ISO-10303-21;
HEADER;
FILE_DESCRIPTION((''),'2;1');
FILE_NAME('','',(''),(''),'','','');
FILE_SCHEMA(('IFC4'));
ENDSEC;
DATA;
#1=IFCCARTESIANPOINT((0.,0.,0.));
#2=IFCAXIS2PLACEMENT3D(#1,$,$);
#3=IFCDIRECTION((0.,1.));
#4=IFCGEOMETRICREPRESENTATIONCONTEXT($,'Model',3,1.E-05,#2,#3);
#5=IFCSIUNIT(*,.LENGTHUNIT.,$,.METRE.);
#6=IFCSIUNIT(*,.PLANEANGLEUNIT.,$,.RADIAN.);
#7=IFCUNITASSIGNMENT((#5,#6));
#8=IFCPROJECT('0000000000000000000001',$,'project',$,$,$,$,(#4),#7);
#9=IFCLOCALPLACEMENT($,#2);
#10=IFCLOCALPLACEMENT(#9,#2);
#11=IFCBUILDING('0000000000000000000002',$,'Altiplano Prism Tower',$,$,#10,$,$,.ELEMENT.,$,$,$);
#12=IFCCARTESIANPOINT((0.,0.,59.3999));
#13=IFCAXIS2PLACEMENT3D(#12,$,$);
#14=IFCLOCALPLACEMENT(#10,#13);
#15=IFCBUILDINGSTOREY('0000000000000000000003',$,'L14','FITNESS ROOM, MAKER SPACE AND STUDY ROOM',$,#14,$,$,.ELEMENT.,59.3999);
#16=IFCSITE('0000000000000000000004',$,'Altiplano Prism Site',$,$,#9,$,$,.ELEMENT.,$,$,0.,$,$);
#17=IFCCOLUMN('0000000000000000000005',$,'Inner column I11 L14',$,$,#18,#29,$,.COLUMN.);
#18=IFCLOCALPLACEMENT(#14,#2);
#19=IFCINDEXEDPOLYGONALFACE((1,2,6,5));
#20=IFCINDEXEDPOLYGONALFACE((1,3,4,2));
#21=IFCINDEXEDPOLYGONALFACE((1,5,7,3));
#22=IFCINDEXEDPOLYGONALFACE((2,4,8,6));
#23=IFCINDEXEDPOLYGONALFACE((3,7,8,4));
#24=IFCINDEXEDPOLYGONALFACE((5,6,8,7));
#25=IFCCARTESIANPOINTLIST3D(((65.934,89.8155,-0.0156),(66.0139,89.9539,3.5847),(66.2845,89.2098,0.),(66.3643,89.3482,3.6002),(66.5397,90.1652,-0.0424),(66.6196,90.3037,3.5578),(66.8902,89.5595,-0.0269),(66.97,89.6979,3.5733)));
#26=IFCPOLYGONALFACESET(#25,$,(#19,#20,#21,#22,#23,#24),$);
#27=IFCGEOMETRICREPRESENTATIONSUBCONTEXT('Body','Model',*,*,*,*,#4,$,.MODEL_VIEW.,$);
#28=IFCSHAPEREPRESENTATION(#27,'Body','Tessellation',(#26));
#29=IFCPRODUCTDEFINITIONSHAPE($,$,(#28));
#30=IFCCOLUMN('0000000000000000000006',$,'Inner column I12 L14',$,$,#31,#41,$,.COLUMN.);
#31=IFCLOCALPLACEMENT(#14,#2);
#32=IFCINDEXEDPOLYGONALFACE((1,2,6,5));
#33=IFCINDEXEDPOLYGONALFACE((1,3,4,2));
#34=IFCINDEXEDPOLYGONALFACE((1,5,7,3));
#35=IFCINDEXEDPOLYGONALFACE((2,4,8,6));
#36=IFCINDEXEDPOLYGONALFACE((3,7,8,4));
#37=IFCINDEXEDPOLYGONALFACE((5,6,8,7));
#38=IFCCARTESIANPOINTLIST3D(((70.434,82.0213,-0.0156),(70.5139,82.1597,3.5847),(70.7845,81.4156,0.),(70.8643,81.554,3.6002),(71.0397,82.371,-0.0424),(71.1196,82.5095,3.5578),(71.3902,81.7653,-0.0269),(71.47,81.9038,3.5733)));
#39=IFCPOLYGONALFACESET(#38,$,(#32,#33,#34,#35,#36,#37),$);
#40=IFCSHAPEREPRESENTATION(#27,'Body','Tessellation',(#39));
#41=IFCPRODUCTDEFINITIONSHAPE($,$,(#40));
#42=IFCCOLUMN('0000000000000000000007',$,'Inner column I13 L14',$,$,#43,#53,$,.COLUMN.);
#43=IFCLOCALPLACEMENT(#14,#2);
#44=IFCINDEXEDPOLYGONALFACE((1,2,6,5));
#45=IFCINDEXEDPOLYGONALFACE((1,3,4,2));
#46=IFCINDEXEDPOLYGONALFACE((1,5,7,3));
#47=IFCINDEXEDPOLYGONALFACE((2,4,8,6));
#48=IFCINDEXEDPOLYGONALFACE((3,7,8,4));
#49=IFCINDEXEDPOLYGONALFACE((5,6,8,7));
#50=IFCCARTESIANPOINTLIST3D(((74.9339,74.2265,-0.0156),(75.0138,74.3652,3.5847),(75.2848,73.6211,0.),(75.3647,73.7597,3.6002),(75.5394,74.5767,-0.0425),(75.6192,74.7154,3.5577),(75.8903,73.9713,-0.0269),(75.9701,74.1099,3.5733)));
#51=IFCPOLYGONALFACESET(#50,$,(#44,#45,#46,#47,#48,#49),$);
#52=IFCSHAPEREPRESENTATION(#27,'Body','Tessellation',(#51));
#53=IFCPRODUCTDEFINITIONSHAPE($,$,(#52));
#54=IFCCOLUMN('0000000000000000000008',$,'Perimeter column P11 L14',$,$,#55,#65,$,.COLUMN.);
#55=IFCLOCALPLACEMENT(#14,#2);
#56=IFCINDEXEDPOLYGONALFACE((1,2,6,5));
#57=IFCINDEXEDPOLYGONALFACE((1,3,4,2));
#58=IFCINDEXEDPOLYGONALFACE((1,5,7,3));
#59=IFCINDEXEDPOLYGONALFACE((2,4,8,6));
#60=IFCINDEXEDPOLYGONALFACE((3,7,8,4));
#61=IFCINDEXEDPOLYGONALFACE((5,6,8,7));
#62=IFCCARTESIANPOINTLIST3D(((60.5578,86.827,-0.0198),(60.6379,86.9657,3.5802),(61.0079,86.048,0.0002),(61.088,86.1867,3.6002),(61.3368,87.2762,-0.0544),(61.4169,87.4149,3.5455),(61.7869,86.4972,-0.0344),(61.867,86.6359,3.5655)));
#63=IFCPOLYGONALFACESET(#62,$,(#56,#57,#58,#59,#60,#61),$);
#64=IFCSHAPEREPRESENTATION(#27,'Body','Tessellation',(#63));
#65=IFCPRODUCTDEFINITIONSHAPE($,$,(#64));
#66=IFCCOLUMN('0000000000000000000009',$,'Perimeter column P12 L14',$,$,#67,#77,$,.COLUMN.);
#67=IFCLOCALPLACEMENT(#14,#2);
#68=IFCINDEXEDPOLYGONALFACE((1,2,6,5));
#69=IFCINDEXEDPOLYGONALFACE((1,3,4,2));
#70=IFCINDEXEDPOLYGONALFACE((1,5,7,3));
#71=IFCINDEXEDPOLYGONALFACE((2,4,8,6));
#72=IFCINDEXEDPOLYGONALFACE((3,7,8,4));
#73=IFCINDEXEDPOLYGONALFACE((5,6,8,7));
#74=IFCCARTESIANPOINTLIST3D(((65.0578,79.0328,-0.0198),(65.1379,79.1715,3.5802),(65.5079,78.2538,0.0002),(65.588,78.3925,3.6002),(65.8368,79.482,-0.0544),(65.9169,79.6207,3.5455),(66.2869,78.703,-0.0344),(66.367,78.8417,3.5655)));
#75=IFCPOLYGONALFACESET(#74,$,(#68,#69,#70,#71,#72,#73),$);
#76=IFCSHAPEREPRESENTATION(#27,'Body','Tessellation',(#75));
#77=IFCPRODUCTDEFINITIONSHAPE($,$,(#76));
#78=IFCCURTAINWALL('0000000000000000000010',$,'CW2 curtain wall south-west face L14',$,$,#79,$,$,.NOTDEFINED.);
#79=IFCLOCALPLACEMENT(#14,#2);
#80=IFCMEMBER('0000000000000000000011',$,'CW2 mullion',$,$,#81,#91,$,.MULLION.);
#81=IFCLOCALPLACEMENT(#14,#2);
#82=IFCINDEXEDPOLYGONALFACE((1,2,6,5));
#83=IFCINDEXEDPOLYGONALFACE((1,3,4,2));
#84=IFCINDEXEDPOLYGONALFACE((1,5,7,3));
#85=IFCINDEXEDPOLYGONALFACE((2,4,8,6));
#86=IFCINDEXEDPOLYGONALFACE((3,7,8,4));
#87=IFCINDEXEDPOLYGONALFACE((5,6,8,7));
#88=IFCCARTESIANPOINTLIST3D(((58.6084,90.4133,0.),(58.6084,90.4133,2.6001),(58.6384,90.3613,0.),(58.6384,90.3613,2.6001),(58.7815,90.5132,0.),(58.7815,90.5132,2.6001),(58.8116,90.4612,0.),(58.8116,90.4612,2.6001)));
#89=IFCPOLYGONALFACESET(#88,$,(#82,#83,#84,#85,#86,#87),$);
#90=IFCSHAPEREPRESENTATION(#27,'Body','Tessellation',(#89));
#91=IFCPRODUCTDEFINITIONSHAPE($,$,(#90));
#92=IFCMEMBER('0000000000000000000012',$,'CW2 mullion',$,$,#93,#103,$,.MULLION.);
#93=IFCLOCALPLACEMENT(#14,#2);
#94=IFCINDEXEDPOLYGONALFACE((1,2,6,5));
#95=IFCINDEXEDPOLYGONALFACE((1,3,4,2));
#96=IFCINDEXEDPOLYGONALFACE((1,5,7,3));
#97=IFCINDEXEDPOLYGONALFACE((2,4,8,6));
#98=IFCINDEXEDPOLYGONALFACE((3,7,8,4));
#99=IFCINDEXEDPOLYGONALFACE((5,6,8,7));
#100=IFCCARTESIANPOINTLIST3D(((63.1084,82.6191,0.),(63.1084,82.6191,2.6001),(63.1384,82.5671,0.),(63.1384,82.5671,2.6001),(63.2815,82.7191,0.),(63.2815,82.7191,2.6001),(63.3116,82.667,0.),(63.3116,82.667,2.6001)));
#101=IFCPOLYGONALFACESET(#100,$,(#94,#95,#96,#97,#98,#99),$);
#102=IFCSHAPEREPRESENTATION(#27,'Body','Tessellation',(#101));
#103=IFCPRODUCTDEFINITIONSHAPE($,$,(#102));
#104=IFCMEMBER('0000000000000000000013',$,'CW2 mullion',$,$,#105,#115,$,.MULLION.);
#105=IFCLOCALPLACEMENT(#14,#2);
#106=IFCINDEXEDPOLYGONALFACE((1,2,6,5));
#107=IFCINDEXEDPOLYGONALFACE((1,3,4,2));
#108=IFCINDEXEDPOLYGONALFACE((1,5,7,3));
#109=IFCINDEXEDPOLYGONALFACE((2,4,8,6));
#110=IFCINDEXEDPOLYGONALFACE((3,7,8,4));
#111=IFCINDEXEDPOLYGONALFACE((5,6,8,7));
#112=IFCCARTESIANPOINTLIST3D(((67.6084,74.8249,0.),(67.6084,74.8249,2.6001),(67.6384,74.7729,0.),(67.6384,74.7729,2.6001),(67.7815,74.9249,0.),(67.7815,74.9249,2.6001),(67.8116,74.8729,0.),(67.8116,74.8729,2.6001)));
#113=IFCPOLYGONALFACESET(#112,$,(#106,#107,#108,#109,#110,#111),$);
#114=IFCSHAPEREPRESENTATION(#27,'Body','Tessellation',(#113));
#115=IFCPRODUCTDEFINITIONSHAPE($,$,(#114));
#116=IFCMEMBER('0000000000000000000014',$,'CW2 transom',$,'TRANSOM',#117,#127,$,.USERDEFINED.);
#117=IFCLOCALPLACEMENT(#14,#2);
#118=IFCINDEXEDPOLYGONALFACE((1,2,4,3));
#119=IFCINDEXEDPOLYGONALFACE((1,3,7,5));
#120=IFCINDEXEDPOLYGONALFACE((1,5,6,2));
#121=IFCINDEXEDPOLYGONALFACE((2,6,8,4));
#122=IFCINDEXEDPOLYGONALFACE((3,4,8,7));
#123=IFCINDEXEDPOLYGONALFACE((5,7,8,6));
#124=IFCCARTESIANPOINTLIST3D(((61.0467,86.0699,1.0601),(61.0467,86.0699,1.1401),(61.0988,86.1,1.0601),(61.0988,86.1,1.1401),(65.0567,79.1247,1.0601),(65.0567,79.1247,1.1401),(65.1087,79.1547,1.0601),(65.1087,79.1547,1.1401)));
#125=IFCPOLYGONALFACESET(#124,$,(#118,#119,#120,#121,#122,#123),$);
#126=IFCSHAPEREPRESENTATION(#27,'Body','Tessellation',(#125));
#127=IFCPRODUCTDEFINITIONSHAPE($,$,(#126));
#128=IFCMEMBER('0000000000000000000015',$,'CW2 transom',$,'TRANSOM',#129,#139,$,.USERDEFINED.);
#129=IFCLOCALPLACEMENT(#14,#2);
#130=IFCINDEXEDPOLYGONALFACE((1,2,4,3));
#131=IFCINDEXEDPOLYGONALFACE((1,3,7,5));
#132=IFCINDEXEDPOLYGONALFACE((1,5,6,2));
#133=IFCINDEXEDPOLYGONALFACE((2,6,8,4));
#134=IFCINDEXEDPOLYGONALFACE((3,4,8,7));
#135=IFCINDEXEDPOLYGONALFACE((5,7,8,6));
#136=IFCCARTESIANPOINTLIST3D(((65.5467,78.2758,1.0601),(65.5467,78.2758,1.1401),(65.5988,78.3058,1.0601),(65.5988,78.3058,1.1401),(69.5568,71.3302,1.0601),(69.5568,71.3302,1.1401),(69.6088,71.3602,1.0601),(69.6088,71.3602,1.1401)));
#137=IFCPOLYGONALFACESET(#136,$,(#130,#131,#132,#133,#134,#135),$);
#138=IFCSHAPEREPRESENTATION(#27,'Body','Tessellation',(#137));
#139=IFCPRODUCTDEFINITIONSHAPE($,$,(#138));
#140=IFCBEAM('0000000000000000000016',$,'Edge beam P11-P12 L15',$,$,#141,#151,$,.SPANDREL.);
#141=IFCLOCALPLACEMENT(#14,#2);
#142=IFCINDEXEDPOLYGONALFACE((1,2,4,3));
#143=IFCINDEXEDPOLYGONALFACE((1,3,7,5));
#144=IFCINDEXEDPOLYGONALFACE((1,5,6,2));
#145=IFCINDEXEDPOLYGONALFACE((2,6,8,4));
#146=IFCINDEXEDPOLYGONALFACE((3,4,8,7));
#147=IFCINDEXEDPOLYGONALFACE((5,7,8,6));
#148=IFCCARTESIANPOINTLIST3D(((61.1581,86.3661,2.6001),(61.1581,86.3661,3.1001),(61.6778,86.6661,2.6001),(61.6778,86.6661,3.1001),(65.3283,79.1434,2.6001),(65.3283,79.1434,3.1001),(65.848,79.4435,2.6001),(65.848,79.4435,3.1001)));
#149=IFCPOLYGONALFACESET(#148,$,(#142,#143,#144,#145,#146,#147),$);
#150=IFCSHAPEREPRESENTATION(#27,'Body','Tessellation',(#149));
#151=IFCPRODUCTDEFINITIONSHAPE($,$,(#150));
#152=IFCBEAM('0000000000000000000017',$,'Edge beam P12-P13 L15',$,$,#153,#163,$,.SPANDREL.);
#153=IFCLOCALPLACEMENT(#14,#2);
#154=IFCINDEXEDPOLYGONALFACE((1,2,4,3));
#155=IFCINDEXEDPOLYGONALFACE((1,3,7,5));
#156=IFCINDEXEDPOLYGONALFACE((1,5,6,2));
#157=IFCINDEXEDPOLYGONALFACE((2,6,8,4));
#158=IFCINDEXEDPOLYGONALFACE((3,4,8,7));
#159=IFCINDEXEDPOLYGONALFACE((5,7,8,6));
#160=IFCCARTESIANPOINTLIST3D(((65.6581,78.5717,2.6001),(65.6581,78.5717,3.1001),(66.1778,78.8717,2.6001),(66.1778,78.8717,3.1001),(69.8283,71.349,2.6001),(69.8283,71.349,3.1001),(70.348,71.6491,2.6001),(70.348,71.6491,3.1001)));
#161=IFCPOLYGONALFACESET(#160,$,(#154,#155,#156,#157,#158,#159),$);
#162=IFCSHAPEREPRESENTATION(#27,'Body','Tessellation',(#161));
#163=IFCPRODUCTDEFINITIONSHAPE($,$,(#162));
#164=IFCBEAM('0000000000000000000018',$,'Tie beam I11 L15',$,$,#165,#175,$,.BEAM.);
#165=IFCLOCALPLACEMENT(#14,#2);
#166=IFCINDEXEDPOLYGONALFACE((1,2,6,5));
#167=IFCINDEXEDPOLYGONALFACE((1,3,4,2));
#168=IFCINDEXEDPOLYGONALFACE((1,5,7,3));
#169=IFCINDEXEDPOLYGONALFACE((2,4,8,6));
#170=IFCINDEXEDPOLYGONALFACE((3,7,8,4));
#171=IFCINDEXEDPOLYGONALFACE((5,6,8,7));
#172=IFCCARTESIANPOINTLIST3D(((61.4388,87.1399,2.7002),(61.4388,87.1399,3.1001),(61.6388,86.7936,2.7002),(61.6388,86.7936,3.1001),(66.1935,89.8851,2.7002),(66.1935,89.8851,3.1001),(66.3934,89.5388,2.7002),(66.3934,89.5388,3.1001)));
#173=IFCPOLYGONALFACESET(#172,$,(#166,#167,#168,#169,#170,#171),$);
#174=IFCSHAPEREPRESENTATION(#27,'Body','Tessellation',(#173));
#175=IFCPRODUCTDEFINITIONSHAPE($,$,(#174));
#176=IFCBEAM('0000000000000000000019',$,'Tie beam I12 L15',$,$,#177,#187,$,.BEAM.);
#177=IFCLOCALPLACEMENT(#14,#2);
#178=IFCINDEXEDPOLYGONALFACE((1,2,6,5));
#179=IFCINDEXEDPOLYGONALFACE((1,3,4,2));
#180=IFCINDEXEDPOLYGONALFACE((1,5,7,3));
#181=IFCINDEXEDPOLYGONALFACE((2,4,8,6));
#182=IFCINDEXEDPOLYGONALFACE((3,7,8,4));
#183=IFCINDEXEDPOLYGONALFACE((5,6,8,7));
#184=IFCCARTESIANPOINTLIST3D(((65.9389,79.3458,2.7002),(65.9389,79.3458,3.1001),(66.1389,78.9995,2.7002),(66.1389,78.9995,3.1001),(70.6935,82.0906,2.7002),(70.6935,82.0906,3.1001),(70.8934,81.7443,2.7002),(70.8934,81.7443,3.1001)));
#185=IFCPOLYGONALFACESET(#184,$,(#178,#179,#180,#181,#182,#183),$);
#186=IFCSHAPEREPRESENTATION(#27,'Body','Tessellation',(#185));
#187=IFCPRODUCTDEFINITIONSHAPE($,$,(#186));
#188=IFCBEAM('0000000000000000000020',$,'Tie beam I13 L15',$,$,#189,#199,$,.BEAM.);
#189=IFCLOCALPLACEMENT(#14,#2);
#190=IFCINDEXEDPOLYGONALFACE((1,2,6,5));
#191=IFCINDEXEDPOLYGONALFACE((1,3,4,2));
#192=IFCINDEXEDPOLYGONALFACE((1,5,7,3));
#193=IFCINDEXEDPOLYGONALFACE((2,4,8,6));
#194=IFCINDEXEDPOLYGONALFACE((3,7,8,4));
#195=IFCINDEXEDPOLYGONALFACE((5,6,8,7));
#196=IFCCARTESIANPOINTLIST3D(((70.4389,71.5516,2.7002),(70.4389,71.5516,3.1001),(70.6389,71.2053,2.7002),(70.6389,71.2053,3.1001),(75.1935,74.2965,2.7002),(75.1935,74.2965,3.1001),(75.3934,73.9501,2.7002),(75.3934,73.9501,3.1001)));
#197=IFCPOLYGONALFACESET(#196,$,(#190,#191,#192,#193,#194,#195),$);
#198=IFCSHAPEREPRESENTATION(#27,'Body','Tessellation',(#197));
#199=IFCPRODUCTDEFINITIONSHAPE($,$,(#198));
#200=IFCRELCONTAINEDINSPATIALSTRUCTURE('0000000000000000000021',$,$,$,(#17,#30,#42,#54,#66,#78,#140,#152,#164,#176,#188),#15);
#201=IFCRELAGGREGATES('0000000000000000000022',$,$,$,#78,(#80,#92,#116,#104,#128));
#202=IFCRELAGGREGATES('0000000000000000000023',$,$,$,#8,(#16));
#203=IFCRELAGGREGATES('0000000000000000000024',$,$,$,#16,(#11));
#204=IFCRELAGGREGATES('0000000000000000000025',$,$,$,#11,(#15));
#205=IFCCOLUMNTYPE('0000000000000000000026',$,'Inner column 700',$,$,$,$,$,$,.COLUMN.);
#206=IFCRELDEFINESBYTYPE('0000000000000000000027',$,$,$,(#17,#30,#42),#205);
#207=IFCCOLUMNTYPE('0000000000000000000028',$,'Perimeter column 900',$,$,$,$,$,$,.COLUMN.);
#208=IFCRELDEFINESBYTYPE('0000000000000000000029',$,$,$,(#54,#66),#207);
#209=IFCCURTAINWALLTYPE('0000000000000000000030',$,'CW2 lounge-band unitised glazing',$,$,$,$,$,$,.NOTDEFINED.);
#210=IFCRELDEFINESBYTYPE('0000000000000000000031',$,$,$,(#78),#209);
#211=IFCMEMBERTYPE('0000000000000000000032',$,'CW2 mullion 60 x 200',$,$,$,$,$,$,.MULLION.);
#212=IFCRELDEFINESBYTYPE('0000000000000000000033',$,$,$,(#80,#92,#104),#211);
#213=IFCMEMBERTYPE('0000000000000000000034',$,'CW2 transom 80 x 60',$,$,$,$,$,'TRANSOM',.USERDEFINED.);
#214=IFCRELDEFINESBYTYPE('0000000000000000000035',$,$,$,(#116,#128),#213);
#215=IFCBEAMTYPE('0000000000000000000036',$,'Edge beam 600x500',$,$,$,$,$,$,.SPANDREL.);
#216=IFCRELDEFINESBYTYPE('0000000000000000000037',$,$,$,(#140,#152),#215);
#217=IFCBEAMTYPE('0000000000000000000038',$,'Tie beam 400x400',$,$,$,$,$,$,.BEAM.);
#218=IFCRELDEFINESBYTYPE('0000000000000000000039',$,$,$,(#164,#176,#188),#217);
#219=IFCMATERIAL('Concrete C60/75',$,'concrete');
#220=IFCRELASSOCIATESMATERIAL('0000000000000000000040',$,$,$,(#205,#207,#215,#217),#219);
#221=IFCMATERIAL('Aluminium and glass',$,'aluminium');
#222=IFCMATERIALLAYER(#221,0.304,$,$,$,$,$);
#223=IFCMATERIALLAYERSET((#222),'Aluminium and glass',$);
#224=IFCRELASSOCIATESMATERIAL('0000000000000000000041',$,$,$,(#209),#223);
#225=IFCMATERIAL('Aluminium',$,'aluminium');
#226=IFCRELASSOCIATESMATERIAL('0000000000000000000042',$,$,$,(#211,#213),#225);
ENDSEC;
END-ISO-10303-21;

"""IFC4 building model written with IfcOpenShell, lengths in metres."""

from ifc_helpers import new_model, si_unit, direction, frame, origin, origin_2d, place, context, subcontext, project, spatial, rectangle, extrude, material, layer, layer_set, material_profile, profile_set, type_object, element, aggregate, save


model = new_model("IFC4")

# Units and contexts
model_context = context("Model", 3, precision=1e-05, world=origin(), true_north=direction((0.0, 1.0)))
body_context = subcontext(model_context, "Body", "Model", "MODEL_VIEW")
ifc_project = project(units=[si_unit("LENGTHUNIT", "METRE"), si_unit("PLANEANGLEUNIT", "RADIAN")], contexts=[model_context])

# Site, building, storey
site_placement = place(None, origin())
site = spatial("IfcSite", under=ifc_project, at=site_placement, Name="Altiplano Prism Site", CompositionType="ELEMENT", RefElevation=0.0)
building_placement = place(site_placement, origin())
building = spatial("IfcBuilding", under=site, at=building_placement, Name="Altiplano Prism Tower", CompositionType="ELEMENT")
storey_placement = place(building_placement, frame((0.0, 0.0, 59.3999)))
storey = spatial("IfcBuildingStorey", under=building, at=storey_placement, Name="L14", Description="FITNESS ROOM, MAKER SPACE AND STUDY ROOM", CompositionType="ELEMENT", Elevation=59.3999)

# Columns
ifc_material_1 = material(Name="Concrete C60/75", Category="concrete")
ifc_material_profile_1 = material_profile(ifc_material_1, rectangle(XDim=0.7, YDim=0.7, at=origin_2d()), Name="Inner column 700")
ifc_profile_set_1 = profile_set([ifc_material_profile_1], Name="Concrete C60/75")
column_type_1 = type_object("IfcColumnType", Name="Inner column 700", PredefinedType="COLUMN", material=ifc_profile_set_1)
for number, where, z_axis, x_axis, name in (
    (1, (66.4121, 89.6875, -0.0212), (0.022154, 0.038413, 0.999016), (-0.865365, -0.499669, 0.038403), "Inner column I11 L14"),
    (2, (70.9121, 81.8933, -0.0212), (0.022154, 0.038413, 0.999016), (-0.86536, -0.499676, 0.038403), "Inner column I12 L14"),
    (3, (75.4121, 74.0989, -0.0212), (0.022154, 0.038481, 0.999014), (-0.86498, -0.500331, 0.038454), "Inner column I13 L14"),
):
    element("IfcColumn", number, at=place(storey_placement, frame(where, z_axis=z_axis, x_axis=x_axis)), inside=storey, type_object=column_type_1, Name=name, PredefinedType="COLUMN", context=body_context, shape_type="SweptSolid", body=[
        extrude(rectangle(XDim=0.7, YDim=0.7, at=origin_2d()), origin(), (0.0, 0.0, 1.0), 3.6038),
    ])
ifc_material_profile_2 = material_profile(ifc_material_1, rectangle(XDim=0.8999, YDim=0.8999, at=origin_2d()), Name="Perimeter column 900")
ifc_profile_set_2 = profile_set([ifc_material_profile_2], Name="Concrete C60/75")
column_type_2 = type_object("IfcColumnType", Name="Perimeter column 900", PredefinedType="COLUMN", material=ifc_profile_set_2)
for number, where, z_axis, x_axis, name in (
    (4, (61.1724, 86.6621, -0.0271), (0.022223, 0.038483, 0.999012), (-0.865639, -0.499187, 0.038485), "Perimeter column P11 L14"),
    (5, (65.6724, 78.8679, -0.0271), (0.022223, 0.038483, 0.999012), (-0.865638, -0.499189, 0.038486), "Perimeter column P12 L14"),
):
    element("IfcColumn", number, at=place(storey_placement, frame(where, z_axis=z_axis, x_axis=x_axis)), inside=storey, type_object=column_type_2, Name=name, PredefinedType="COLUMN", context=body_context, shape_type="SweptSolid", body=[
        extrude(rectangle(XDim=0.8999, YDim=0.8999, at=origin_2d()), origin(), (0.0, 0.0, 1.0), 3.6035),
    ])

# Curtain wall, members
ifc_material_2 = material(Name="Aluminium and glass", Category="aluminium")
ifc_layer_1 = layer(ifc_material_2, 0.304)
ifc_layer_set_1 = layer_set([ifc_layer_1], Name="Aluminium and glass")
curtain_wall_type = type_object("IfcCurtainWallType", Name="CW2 lounge-band unitised glazing", PredefinedType="NOTDEFINED", material=ifc_layer_set_1)
curtain_wall_placement = place(storey_placement, origin())
curtain_wall = element("IfcCurtainWall", 6, at=curtain_wall_placement, inside=storey, type_object=curtain_wall_type, Name="CW2 curtain wall south-west face L14", PredefinedType="NOTDEFINED")
ifc_material_3 = material(Name="Aluminium", Category="aluminium")
ifc_material_profile_3 = material_profile(ifc_material_3, rectangle(XDim=0.2, YDim=0.0601, at=origin_2d()), Name="CW2 mullion 60 x 200")
ifc_profile_set_3 = profile_set([ifc_material_profile_3], Name="Aluminium")
member_type_1 = type_object("IfcMemberType", Name="CW2 mullion 60 x 200", PredefinedType="MULLION", material=ifc_profile_set_3)
member_1_placement = place(storey_placement, frame((58.71, 90.4373, 0.0), z_axis=(0.0, 0.0, 1.0), x_axis=(0.866025, 0.5, 0.0)))
member_1 = element("IfcMember", 7, at=member_1_placement, type_object=member_type_1, Name="CW2 mullion", PredefinedType="MULLION", context=body_context, shape_type="SweptSolid", body=[
    extrude(rectangle(XDim=0.2, YDim=0.0601, at=origin_2d()), origin(), (0.0, 0.0, 1.0), 2.6001),
])
member_2_placement = place(storey_placement, frame((63.21, 82.6431, 0.0), z_axis=(0.0, 0.0, 1.0), x_axis=(0.866025, 0.5, 0.0)))
member_2 = element("IfcMember", 8, at=member_2_placement, type_object=member_type_1, Name="CW2 mullion", PredefinedType="MULLION", context=body_context, shape_type="SweptSolid", body=[
    extrude(rectangle(XDim=0.2, YDim=0.0601, at=origin_2d()), origin(), (0.0, 0.0, 1.0), 2.6001),
])
member_3_placement = place(storey_placement, frame((67.71, 74.8489, 0.0), z_axis=(0.0, 0.0, 1.0), x_axis=(0.866025, 0.5, 0.0)))
member_3 = element("IfcMember", 9, at=member_3_placement, type_object=member_type_1, Name="CW2 mullion", PredefinedType="MULLION", context=body_context, shape_type="SweptSolid", body=[
    extrude(rectangle(XDim=0.2, YDim=0.0601, at=origin_2d()), origin(), (0.0, 0.0, 1.0), 2.6001),
])
ifc_material_profile_4 = material_profile(ifc_material_3, rectangle(XDim=0.0601, YDim=0.0801, at=origin_2d()), Name="CW2 transom 80 x 60")
ifc_profile_set_4 = profile_set([ifc_material_profile_4], Name="Aluminium")
member_type_2 = type_object("IfcMemberType", Name="CW2 transom 80 x 60", ElementType="TRANSOM", PredefinedType="USERDEFINED", material=ifc_profile_set_4)
member_4_placement = place(storey_placement, frame((61.0728, 86.085, 1.1001), z_axis=(0.500012, -0.866018, 0.0), x_axis=(0.866018, 0.500012, 0.0)))
member_4 = element("IfcMember", 10, at=member_4_placement, type_object=member_type_2, Name="CW2 transom", ObjectType="TRANSOM", PredefinedType="USERDEFINED", context=body_context, shape_type="SweptSolid", body=[
    extrude(rectangle(XDim=0.0601, YDim=0.0801, at=origin_2d()), origin(), (0.0, 0.0, 1.0), 8.0198),
])
member_5_placement = place(storey_placement, frame((65.5728, 78.2908, 1.1001), z_axis=(0.499999, -0.866026, 0.0), x_axis=(0.866026, 0.499999, 0.0)))
member_5 = element("IfcMember", 11, at=member_5_placement, type_object=member_type_2, Name="CW2 transom", ObjectType="TRANSOM", PredefinedType="USERDEFINED", context=body_context, shape_type="SweptSolid", body=[
    extrude(rectangle(XDim=0.0601, YDim=0.0801, at=origin_2d()), origin(), (0.0, 0.0, 1.0), 8.02),
])

# Beams
ifc_material_profile_5 = material_profile(ifc_material_1, rectangle(XDim=0.6001, YDim=0.5, at=origin_2d()), Name="Edge beam 600x500")
ifc_profile_set_5 = profile_set([ifc_material_profile_5], Name="Concrete C60/75")
beam_type_1 = type_object("IfcBeamType", Name="Edge beam 600x500", PredefinedType="SPANDREL", material=ifc_profile_set_5)
for number, where, z_axis, x_axis, name in (
    (12, (61.418, 86.5161, 2.8501), (0.500015, -0.866017, 0.0), (0.866017, 0.500015, 0.0), "Edge beam P11-P12 L15"),
    (13, (65.918, 78.7217, 2.8501), (0.500015, -0.866017, 0.0), (0.866017, 0.500015, 0.0), "Edge beam P12-P13 L15"),
):
    element("IfcBeam", number, at=place(storey_placement, frame(where, z_axis=z_axis, x_axis=x_axis)), inside=storey, type_object=beam_type_1, Name=name, PredefinedType="SPANDREL", context=body_context, shape_type="SweptSolid", body=[
        extrude(rectangle(XDim=0.6001, YDim=0.5, at=origin_2d()), origin(), (0.0, 0.0, 1.0), 8.3401),
    ])
ifc_material_profile_6 = material_profile(ifc_material_1, rectangle(XDim=0.3999, YDim=0.3999, at=origin_2d()), Name="Tie beam 400x400")
ifc_profile_set_6 = profile_set([ifc_material_profile_6], Name="Concrete C60/75")
beam_type_2 = type_object("IfcBeamType", Name="Tie beam 400x400", PredefinedType="BEAM", material=ifc_profile_set_6)
beam_placement = place(storey_placement, frame((66.2935, 89.7119, 2.9001), z_axis=(-0.866023, -0.500003, 0.0), x_axis=(0.500003, -0.866023, 0.0)))
element("IfcBeam", 14, at=beam_placement, inside=storey, type_object=beam_type_2, Name="Tie beam I11 L15", PredefinedType="BEAM", context=body_context, shape_type="SweptSolid", body=[
    extrude(rectangle(XDim=0.3999, YDim=0.3999, at=origin_2d()), origin(), (0.0, 0.0, 1.0), 5.4902),
])
for number, where, z_axis, x_axis, name in (
    (15, (70.7935, 81.9175, 2.9001), (-0.866043, -0.49997, 0.0), (0.49997, -0.866043, 0.0), "Tie beam I12 L15"),
    (16, (75.2935, 74.1233, 2.9001), (-0.866043, -0.49997, 0.0), (0.49997, -0.866043, 0.0), "Tie beam I13 L15"),
):
    element("IfcBeam", number, at=place(storey_placement, frame(where, z_axis=z_axis, x_axis=x_axis)), inside=storey, type_object=beam_type_2, Name=name, PredefinedType="BEAM", context=body_context, shape_type="SweptSolid", body=[
        extrude(rectangle(XDim=0.3999, YDim=0.3999, at=origin_2d()), origin(), (0.0, 0.0, 1.0), 5.49),
    ])

aggregate(curtain_wall, [member_1, member_2, member_4, member_3, member_5])

save(model, "model.ifc")
